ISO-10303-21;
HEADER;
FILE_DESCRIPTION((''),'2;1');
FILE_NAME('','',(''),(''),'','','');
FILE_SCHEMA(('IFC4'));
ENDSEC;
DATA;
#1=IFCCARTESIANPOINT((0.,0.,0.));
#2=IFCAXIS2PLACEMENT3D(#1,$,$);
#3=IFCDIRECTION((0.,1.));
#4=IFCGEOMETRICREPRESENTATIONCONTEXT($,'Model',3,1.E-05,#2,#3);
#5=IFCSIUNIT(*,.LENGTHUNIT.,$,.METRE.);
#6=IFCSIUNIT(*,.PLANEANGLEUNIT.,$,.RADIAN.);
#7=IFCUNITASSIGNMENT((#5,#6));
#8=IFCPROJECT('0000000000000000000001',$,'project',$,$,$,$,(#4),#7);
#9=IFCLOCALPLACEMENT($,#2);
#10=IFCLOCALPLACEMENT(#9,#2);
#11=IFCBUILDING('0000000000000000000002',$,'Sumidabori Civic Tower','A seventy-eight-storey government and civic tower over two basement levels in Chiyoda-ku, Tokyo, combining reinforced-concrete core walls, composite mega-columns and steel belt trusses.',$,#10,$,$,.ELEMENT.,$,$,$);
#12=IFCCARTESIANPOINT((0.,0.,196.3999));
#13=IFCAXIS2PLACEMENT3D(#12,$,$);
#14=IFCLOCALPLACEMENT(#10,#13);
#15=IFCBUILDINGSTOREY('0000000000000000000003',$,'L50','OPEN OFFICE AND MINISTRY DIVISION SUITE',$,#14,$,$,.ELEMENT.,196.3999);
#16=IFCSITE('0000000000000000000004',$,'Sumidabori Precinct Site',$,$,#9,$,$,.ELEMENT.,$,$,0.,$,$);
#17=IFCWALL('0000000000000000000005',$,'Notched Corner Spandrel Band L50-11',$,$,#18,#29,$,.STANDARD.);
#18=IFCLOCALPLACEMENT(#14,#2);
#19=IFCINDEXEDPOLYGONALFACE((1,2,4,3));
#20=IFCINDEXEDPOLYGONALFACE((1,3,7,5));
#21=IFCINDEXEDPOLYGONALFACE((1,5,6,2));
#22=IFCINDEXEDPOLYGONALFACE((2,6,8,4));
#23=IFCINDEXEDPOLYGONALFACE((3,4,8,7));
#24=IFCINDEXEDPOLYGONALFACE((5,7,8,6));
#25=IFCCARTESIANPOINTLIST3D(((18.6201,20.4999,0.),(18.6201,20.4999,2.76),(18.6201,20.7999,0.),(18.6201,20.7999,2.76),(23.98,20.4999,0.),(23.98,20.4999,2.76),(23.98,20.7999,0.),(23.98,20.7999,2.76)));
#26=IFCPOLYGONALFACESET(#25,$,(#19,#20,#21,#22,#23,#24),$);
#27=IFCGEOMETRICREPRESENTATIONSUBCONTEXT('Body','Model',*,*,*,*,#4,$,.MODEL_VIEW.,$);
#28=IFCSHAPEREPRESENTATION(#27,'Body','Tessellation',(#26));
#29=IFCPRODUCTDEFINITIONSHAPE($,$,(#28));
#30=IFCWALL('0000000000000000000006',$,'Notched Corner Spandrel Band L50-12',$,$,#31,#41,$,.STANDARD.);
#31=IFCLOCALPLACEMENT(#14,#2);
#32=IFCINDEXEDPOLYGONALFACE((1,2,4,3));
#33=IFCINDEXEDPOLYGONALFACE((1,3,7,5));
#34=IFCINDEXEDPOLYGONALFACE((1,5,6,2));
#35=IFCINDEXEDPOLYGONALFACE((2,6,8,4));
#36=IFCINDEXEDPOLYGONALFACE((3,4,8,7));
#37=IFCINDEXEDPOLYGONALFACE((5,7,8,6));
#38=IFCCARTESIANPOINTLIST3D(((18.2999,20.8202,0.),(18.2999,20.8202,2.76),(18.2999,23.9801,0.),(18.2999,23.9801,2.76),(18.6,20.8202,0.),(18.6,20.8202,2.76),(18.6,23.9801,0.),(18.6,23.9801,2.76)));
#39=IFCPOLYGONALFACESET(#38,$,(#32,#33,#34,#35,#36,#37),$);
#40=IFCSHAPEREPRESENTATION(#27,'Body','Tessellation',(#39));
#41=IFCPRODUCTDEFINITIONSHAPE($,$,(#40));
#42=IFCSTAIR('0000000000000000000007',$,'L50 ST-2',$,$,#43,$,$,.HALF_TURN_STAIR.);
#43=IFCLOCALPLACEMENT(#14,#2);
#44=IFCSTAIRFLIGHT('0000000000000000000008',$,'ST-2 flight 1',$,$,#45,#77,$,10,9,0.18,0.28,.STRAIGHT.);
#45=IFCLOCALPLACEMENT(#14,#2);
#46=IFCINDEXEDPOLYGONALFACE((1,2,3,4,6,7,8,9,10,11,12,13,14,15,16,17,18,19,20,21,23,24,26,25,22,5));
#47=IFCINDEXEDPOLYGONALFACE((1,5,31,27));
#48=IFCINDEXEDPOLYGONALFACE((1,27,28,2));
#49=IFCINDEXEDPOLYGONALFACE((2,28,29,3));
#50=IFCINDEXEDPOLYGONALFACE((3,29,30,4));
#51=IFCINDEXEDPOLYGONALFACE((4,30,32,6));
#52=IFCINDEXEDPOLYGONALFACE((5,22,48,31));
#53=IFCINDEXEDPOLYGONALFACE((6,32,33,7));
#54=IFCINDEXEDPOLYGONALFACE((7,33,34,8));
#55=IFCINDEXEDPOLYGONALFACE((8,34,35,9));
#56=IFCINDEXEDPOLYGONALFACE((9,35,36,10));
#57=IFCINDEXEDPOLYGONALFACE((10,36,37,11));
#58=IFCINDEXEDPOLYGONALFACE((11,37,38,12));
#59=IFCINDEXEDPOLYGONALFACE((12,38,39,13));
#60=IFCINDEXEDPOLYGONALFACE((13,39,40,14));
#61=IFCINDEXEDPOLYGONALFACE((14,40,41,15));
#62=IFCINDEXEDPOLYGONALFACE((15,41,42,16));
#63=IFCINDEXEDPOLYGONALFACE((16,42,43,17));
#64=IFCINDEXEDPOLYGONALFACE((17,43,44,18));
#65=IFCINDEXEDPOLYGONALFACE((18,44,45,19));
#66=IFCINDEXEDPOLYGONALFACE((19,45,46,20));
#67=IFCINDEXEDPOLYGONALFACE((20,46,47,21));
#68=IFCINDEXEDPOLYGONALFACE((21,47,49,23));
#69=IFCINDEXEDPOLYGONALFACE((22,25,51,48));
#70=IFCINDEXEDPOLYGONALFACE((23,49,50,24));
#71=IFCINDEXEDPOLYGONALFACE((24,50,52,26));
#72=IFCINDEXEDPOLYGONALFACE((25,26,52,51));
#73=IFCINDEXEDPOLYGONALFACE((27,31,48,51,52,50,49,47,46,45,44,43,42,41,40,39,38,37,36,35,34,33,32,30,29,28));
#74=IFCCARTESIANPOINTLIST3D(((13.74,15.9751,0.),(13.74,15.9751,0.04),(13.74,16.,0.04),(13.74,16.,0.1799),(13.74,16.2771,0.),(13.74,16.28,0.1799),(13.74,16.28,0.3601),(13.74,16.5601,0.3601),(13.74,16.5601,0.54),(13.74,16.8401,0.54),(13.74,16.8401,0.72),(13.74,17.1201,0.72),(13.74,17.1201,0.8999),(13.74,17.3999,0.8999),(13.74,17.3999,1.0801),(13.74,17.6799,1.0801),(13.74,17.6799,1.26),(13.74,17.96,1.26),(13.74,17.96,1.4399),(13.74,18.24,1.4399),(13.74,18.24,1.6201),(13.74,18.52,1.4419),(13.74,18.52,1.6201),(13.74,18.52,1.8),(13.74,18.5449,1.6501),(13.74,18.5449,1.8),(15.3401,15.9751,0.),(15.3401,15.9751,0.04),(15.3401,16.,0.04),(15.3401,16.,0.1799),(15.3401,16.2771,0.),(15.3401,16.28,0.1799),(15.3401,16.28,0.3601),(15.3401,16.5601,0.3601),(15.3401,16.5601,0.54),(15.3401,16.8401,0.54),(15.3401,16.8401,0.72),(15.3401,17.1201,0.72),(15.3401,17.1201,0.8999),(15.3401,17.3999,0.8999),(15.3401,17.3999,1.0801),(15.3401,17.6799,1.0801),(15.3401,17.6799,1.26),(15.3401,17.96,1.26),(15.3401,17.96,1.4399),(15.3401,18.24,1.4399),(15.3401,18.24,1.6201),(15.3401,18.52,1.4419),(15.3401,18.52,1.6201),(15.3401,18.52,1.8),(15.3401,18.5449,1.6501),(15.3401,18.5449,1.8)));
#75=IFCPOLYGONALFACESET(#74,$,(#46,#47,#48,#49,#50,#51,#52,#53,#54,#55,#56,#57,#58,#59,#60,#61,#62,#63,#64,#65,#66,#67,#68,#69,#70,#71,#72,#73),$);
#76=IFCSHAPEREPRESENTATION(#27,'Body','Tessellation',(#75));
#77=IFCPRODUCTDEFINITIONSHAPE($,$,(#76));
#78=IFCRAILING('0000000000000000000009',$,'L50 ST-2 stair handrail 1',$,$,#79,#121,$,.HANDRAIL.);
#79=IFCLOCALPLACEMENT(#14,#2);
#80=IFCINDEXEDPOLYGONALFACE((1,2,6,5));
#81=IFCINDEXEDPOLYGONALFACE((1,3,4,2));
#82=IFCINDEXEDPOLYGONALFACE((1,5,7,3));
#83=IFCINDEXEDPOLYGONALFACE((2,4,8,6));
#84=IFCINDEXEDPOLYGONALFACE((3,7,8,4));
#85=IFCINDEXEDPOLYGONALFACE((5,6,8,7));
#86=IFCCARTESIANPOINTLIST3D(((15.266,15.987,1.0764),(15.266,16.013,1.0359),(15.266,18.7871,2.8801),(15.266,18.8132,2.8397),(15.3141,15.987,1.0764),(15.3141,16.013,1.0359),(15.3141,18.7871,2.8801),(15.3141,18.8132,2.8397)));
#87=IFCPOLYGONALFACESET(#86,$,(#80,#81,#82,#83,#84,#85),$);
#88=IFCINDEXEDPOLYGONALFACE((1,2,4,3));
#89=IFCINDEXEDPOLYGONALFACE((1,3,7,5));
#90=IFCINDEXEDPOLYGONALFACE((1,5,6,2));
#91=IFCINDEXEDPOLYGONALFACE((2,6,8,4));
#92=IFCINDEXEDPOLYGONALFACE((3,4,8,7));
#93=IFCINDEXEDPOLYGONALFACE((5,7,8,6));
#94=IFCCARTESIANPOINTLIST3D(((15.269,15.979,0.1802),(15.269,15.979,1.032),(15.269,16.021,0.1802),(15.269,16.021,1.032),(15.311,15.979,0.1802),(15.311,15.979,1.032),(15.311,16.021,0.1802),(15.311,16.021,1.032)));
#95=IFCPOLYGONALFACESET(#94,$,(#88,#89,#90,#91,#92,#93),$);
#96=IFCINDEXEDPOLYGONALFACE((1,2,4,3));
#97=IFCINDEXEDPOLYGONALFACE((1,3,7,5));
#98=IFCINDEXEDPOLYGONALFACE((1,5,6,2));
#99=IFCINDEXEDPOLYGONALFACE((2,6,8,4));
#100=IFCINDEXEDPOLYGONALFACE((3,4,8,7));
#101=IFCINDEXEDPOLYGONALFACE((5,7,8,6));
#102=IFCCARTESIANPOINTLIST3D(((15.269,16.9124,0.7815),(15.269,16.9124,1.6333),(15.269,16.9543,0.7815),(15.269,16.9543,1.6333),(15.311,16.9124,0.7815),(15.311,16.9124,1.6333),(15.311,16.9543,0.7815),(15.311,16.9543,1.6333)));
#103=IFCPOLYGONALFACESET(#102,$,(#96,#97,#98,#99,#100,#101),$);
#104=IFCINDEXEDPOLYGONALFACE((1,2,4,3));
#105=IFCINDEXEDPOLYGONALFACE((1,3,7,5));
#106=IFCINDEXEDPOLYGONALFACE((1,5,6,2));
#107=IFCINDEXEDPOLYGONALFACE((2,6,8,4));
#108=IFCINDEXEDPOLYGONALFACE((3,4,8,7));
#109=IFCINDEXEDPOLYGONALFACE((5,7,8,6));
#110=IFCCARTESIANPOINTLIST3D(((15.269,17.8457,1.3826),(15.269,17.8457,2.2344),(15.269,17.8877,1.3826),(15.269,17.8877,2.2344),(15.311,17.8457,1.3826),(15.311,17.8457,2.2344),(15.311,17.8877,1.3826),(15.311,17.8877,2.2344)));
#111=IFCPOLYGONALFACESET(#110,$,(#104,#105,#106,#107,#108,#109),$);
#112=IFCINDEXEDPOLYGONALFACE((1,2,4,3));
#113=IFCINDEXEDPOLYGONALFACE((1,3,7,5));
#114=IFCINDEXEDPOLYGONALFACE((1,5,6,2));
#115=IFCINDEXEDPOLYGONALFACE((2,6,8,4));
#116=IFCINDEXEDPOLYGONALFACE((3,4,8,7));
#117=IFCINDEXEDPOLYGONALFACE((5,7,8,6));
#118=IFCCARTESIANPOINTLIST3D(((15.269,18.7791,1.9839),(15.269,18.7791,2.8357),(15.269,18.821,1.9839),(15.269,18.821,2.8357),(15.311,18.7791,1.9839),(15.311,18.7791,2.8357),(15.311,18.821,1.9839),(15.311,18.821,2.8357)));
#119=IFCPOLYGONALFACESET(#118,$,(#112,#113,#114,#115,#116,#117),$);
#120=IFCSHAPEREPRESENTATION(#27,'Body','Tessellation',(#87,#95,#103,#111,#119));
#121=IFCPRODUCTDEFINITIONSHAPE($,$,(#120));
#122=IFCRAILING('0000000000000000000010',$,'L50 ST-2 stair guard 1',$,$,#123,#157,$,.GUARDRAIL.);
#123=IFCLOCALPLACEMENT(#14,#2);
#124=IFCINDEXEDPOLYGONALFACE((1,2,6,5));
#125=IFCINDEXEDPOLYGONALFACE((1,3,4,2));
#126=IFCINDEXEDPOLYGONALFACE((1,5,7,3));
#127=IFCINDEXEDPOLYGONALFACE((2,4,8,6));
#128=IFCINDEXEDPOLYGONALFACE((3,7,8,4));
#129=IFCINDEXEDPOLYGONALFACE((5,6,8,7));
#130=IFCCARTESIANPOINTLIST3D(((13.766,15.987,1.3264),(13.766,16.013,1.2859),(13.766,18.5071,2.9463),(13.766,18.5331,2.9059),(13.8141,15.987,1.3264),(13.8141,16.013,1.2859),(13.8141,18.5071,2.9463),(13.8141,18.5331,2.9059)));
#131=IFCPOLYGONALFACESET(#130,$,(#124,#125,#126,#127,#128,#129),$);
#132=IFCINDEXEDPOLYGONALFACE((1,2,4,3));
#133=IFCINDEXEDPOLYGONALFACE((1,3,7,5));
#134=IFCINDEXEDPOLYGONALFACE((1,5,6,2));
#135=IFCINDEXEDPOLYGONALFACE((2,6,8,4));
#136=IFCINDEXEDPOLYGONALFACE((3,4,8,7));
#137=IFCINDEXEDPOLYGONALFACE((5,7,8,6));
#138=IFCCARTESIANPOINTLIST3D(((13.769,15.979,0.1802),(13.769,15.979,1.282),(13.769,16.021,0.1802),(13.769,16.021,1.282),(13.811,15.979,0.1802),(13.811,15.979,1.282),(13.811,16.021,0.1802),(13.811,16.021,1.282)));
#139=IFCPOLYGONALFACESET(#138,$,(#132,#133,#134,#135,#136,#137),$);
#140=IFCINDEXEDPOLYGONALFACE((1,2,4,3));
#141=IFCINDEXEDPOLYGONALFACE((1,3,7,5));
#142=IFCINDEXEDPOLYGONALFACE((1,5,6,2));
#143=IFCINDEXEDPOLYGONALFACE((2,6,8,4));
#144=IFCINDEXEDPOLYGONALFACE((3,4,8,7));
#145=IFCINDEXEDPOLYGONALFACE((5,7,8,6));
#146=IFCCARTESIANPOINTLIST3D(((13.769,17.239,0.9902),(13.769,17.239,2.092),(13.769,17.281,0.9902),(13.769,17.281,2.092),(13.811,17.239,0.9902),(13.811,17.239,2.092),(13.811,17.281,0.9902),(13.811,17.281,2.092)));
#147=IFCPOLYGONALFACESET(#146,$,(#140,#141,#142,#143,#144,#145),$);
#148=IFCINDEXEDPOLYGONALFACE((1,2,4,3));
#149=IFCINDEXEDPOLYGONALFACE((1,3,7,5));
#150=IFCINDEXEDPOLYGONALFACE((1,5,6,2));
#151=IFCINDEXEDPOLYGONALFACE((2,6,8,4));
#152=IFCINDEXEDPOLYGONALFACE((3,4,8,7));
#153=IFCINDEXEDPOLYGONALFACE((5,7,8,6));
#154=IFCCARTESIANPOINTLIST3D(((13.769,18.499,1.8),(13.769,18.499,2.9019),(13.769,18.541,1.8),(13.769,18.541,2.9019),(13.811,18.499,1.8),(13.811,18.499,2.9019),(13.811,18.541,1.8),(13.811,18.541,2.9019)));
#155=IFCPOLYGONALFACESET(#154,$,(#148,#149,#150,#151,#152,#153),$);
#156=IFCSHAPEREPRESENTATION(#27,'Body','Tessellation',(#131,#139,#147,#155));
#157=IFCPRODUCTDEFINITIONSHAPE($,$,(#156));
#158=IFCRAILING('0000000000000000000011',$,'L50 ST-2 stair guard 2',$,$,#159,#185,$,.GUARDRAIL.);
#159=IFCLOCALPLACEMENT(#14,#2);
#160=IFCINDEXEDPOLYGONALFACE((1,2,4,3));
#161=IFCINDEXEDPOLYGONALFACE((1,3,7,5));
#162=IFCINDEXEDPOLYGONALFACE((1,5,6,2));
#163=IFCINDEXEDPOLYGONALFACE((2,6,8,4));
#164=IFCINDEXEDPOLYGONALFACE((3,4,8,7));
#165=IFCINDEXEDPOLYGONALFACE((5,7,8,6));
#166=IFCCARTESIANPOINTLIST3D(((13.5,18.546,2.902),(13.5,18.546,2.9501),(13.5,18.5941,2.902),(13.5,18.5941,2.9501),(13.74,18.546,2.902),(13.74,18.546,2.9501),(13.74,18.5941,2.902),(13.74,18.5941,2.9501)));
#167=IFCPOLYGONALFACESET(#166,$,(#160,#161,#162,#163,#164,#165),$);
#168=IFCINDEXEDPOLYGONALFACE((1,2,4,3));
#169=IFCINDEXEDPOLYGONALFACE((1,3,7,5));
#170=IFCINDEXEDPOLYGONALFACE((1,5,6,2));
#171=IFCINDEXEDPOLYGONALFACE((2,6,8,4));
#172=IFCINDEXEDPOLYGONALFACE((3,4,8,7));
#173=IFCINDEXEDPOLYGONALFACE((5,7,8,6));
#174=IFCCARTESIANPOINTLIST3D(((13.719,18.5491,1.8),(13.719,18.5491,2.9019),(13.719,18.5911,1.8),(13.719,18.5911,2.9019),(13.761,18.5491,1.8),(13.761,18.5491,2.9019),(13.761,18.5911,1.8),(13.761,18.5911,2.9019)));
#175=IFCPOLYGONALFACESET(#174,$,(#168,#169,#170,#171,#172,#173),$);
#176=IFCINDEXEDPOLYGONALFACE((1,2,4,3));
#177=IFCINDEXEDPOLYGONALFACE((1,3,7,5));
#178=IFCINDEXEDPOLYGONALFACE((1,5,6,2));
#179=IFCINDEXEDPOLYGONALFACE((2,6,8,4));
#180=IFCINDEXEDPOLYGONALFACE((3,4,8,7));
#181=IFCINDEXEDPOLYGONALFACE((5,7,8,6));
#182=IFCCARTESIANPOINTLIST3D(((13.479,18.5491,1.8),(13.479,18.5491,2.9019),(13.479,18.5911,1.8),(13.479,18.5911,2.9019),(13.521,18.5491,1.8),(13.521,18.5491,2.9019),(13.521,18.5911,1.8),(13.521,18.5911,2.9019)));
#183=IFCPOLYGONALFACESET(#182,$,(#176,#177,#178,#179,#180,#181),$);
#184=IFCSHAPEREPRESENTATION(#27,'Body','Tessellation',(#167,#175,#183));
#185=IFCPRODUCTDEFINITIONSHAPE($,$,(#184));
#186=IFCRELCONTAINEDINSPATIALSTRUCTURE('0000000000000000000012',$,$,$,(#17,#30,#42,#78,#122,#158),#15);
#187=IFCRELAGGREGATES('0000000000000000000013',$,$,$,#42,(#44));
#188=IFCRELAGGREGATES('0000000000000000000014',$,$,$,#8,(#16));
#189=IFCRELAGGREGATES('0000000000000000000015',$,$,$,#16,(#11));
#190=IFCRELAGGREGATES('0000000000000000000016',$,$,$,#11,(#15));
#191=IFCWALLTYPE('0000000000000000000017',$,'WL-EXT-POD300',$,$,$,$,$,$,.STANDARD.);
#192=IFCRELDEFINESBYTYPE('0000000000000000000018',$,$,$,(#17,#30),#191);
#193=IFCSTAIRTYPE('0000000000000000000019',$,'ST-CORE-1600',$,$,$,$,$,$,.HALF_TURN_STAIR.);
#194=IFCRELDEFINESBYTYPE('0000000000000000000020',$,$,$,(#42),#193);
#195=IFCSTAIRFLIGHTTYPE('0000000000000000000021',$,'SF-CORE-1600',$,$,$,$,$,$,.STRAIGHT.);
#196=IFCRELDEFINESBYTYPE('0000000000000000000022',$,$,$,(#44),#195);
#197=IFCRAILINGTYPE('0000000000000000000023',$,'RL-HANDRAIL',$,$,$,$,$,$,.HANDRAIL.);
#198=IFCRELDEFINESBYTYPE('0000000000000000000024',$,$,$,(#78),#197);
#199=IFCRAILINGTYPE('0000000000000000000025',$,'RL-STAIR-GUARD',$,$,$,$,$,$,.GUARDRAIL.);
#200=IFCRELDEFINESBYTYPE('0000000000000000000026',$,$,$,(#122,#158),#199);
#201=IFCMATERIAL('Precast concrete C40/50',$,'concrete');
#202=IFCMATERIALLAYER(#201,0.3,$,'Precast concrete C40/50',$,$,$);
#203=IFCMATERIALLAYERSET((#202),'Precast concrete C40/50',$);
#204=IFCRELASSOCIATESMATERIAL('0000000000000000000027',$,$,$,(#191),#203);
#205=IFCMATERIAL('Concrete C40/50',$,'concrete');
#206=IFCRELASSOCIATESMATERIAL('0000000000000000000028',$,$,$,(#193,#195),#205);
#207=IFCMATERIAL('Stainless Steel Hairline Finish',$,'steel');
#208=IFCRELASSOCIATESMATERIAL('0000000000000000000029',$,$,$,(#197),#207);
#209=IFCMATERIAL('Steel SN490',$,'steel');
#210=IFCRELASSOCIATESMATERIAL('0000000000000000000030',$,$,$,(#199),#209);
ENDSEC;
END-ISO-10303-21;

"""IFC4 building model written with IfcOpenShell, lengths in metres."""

from ifc_helpers import new_model, si_unit, direction, frame, frame_2d, origin, origin_2d, place, context, subcontext, project, spatial, polyline, rectangle, outline, extrude, source, transform, mapped, material, layer, layer_set, type_object, element, aggregate, save


model = new_model("IFC4")

# Units and contexts
model_context = context("Model", 3, precision=1e-05, world=origin(), true_north=direction((0.0, 1.0)))
body_context = subcontext(model_context, "Body", "Model", "MODEL_VIEW")
ifc_project = project(units=[si_unit("LENGTHUNIT", "METRE"), si_unit("PLANEANGLEUNIT", "RADIAN")], contexts=[model_context])

# Site, building, storey
site_placement = place(None, origin())
site = spatial("IfcSite", under=ifc_project, at=site_placement, Name="Sumidabori Precinct Site", CompositionType="ELEMENT", RefElevation=0.0)
building_placement = place(site_placement, origin())
building = spatial("IfcBuilding", under=site, at=building_placement, Name="Sumidabori Civic Tower", Description="A seventy-eight-storey government and civic tower over two basement levels in Chiyoda-ku, Tokyo, combining reinforced-concrete core walls, composite mega-columns and steel belt trusses.", CompositionType="ELEMENT")
storey_placement = place(building_placement, frame((0.0, 0.0, 196.3999)))
storey = spatial("IfcBuildingStorey", under=building, at=storey_placement, Name="L50", Description="OPEN OFFICE AND MINISTRY DIVISION SUITE", CompositionType="ELEMENT", Elevation=196.3999)

# Walls
ifc_material_1 = material(Name="Precast concrete C40/50", Category="concrete")
ifc_layer_1 = layer(ifc_material_1, 0.3, Name="Precast concrete C40/50")
ifc_layer_set_1 = layer_set([ifc_layer_1], Name="Precast concrete C40/50")
wall_type = type_object("IfcWallType", Name="WL-EXT-POD300", PredefinedType="STANDARD", material=ifc_layer_set_1)
shared_shape_1 = source(origin(), body_context, "Body", "SweptSolid", [
    extrude(rectangle(XDim=5.3599, YDim=0.3, at=frame_2d((2.6799, 0.0))), origin(), (0.0, 0.0, 1.0), 2.76),
])
wall_1_placement = place(storey_placement, frame((23.98, 20.6499, 0.0), z_axis=(0.0, 0.0, 1.0), x_axis=(-1.0, 0.0, 0.0)))
element("IfcWall", 1, at=wall_1_placement, inside=storey, type_object=wall_type, Name="Notched Corner Spandrel Band L50-11", PredefinedType="STANDARD", context=body_context, shape_type="MappedRepresentation", body=[
    mapped(shared_shape_1, transform((0.0, 0.0, 0.0), x_axis=(1.0, 0.0, 0.0), y_axis=(0.0, 1.0, 0.0), z_axis=(0.0, 0.0, 1.0), scale=1.0)),
])
shared_shape_2 = source(origin(), body_context, "Body", "SweptSolid", [
    extrude(rectangle(XDim=3.1599, YDim=0.3, at=frame_2d((1.5801, 0.0))), origin(), (0.0, 0.0, 1.0), 2.76),
])
wall_2_placement = place(storey_placement, frame((18.45, 20.8201, 0.0), z_axis=(0.0, 0.0, 1.0), x_axis=(0.0, 1.0, 0.0)))
element("IfcWall", 2, at=wall_2_placement, inside=storey, type_object=wall_type, Name="Notched Corner Spandrel Band L50-12", PredefinedType="STANDARD", context=body_context, shape_type="MappedRepresentation", body=[
    mapped(shared_shape_2, transform((0.0, 0.0, 0.0), x_axis=(1.0, 0.0, 0.0), y_axis=(0.0, 1.0, 0.0), z_axis=(0.0, 0.0, 1.0), scale=1.0)),
])

# Stair, stair flight
ifc_material_2 = material(Name="Concrete C40/50", Category="concrete")
stair_type = type_object("IfcStairType", Name="ST-CORE-1600", PredefinedType="HALF_TURN_STAIR", material=ifc_material_2)
stair_placement = place(storey_placement, origin())
stair = element("IfcStair", 3, at=stair_placement, inside=storey, type_object=stair_type, Name="L50 ST-2", PredefinedType="HALF_TURN_STAIR")
stair_flight_type = type_object("IfcStairFlightType", Name="SF-CORE-1600", PredefinedType="STRAIGHT", material=ifc_material_2)
shared_shape_3 = source(origin(), body_context, "Body", "SweptSolid", [
    extrude(outline(polyline([(-0.0249, 0.0), (-0.0249, 0.04), (0.0, 0.04), (0.0, 0.1799), (0.28, 0.1799), (0.28, 0.3601), (0.5601, 0.3601), (0.5601, 0.54), (0.8401, 0.54), (0.8401, 0.72), (1.1201, 0.72), (1.1201, 0.8999), (1.3999, 0.8999), (1.3999, 1.0801), (1.6799, 1.0801), (1.6799, 1.26), (1.96, 1.26), (1.96, 1.4399), (2.24, 1.4399), (2.24, 1.6201), (2.52, 1.6201), (2.52, 1.8), (2.5449, 1.8), (2.5449, 1.6501), (2.52, 1.4419), (0.2771, 0.0), (-0.0249, 0.0)])), frame((0.0, 0.8, 0.0), z_axis=(0.0, -1.0, 0.0), x_axis=(1.0, 0.0, 0.0)), (0.0, 0.0, 1.0), 1.6001),
])
stair_flight_placement = place(storey_placement, frame((14.54, 16.0, 0.0), z_axis=(0.0, 0.0, 1.0), x_axis=(0.0, 1.0, 0.0)))
stair_flight = element("IfcStairFlight", 4, at=stair_flight_placement, type_object=stair_flight_type, Name="ST-2 flight 1", NumberOfRisers=10, NumberOfTreads=9, PredefinedType="STRAIGHT", RiserHeight=0.18, TreadLength=0.28, context=body_context, shape_type="MappedRepresentation", body=[
    mapped(shared_shape_3, transform((0.0, 0.0, 0.0), x_axis=(1.0, 0.0, 0.0), y_axis=(0.0, 1.0, 0.0), z_axis=(0.0, 0.0, 1.0), scale=1.0)),
])
aggregate(stair, [stair_flight])

# Railings
ifc_material_3 = material(Name="Stainless Steel Hairline Finish", Category="steel")
railing_type_1 = type_object("IfcRailingType", Name="RL-HANDRAIL", PredefinedType="HANDRAIL", material=ifc_material_3)
railing_1_placement = place(storey_placement, frame((15.29, 16.0, 0.1802)))
element("IfcRailing", 5, at=railing_1_placement, inside=storey, type_object=railing_type_1, Name="L50 ST-2 stair handrail 1", PredefinedType="HANDRAIL", context=body_context, shape_type="SweptSolid", body=[
    extrude(rectangle(XDim=0.0481, YDim=0.0481, at=origin_2d()), frame((0.0, 0.0, 0.876), z_axis=(0.0, 0.840676, 0.541539), x_axis=(-1.0, 0.0, 0.0)), (0.0, 0.0, 1.0), 3.3308),
    extrude(rectangle(XDim=0.042, YDim=0.042, at=origin_2d()), origin(), (0.0, 0.0, 1.0), 0.8518),
    extrude(rectangle(XDim=0.042, YDim=0.042, at=origin_2d()), frame((0.0, 0.9333, 0.6013)), (0.0, 0.0, 1.0), 0.8518),
    extrude(rectangle(XDim=0.042, YDim=0.042, at=origin_2d()), frame((0.0, 1.8667, 1.2024)), (0.0, 0.0, 1.0), 0.8518),
    extrude(rectangle(XDim=0.042, YDim=0.042, at=origin_2d()), frame((0.0, 2.8, 1.8037)), (0.0, 0.0, 1.0), 0.8518),
])
ifc_material_4 = material(Name="Steel SN490", Category="steel")
railing_type_2 = type_object("IfcRailingType", Name="RL-STAIR-GUARD", PredefinedType="GUARDRAIL", material=ifc_material_4)
railing_2_placement = place(storey_placement, frame((13.79, 16.0, 0.1802)))
element("IfcRailing", 6, at=railing_2_placement, inside=storey, type_object=railing_type_2, Name="L50 ST-2 stair guard 1", PredefinedType="GUARDRAIL", context=body_context, shape_type="SweptSolid", body=[
    extrude(rectangle(XDim=0.0481, YDim=0.0481, at=origin_2d()), frame((0.0, 0.0, 1.126), z_axis=(0.0, 0.8412, 0.540725), x_axis=(-1.0, 0.0, 0.0)), (0.0, 0.0, 1.0), 2.9958),
    extrude(rectangle(XDim=0.042, YDim=0.042, at=origin_2d()), origin(), (0.0, 0.0, 1.0), 1.1018),
    extrude(rectangle(XDim=0.042, YDim=0.042, at=origin_2d()), frame((0.0, 1.26, 0.8101)), (0.0, 0.0, 1.0), 1.1018),
    extrude(rectangle(XDim=0.042, YDim=0.042, at=origin_2d()), frame((0.0, 2.52, 1.6199)), (0.0, 0.0, 1.0), 1.1018),
])
railing_3_placement = place(storey_placement, frame((13.74, 18.5701, 1.8)))
element("IfcRailing", 7, at=railing_3_placement, inside=storey, type_object=railing_type_2, Name="L50 ST-2 stair guard 2", PredefinedType="GUARDRAIL", context=body_context, shape_type="SweptSolid", body=[
    extrude(rectangle(XDim=0.0481, YDim=0.0481, at=origin_2d()), frame((0.0, 0.0, 1.126), z_axis=(-1.0, 0.0, 0.0), x_axis=(0.0, -1.0, 0.0)), (0.0, 0.0, 1.0), 0.24),
    extrude(rectangle(XDim=0.042, YDim=0.042, at=origin_2d()), origin(), (0.0, 0.0, 1.0), 1.1018),
    extrude(rectangle(XDim=0.042, YDim=0.042, at=origin_2d()), frame((-0.24, 0.0, 0.0)), (0.0, 0.0, 1.0), 1.1018),
])

save(model, "model.ifc")
